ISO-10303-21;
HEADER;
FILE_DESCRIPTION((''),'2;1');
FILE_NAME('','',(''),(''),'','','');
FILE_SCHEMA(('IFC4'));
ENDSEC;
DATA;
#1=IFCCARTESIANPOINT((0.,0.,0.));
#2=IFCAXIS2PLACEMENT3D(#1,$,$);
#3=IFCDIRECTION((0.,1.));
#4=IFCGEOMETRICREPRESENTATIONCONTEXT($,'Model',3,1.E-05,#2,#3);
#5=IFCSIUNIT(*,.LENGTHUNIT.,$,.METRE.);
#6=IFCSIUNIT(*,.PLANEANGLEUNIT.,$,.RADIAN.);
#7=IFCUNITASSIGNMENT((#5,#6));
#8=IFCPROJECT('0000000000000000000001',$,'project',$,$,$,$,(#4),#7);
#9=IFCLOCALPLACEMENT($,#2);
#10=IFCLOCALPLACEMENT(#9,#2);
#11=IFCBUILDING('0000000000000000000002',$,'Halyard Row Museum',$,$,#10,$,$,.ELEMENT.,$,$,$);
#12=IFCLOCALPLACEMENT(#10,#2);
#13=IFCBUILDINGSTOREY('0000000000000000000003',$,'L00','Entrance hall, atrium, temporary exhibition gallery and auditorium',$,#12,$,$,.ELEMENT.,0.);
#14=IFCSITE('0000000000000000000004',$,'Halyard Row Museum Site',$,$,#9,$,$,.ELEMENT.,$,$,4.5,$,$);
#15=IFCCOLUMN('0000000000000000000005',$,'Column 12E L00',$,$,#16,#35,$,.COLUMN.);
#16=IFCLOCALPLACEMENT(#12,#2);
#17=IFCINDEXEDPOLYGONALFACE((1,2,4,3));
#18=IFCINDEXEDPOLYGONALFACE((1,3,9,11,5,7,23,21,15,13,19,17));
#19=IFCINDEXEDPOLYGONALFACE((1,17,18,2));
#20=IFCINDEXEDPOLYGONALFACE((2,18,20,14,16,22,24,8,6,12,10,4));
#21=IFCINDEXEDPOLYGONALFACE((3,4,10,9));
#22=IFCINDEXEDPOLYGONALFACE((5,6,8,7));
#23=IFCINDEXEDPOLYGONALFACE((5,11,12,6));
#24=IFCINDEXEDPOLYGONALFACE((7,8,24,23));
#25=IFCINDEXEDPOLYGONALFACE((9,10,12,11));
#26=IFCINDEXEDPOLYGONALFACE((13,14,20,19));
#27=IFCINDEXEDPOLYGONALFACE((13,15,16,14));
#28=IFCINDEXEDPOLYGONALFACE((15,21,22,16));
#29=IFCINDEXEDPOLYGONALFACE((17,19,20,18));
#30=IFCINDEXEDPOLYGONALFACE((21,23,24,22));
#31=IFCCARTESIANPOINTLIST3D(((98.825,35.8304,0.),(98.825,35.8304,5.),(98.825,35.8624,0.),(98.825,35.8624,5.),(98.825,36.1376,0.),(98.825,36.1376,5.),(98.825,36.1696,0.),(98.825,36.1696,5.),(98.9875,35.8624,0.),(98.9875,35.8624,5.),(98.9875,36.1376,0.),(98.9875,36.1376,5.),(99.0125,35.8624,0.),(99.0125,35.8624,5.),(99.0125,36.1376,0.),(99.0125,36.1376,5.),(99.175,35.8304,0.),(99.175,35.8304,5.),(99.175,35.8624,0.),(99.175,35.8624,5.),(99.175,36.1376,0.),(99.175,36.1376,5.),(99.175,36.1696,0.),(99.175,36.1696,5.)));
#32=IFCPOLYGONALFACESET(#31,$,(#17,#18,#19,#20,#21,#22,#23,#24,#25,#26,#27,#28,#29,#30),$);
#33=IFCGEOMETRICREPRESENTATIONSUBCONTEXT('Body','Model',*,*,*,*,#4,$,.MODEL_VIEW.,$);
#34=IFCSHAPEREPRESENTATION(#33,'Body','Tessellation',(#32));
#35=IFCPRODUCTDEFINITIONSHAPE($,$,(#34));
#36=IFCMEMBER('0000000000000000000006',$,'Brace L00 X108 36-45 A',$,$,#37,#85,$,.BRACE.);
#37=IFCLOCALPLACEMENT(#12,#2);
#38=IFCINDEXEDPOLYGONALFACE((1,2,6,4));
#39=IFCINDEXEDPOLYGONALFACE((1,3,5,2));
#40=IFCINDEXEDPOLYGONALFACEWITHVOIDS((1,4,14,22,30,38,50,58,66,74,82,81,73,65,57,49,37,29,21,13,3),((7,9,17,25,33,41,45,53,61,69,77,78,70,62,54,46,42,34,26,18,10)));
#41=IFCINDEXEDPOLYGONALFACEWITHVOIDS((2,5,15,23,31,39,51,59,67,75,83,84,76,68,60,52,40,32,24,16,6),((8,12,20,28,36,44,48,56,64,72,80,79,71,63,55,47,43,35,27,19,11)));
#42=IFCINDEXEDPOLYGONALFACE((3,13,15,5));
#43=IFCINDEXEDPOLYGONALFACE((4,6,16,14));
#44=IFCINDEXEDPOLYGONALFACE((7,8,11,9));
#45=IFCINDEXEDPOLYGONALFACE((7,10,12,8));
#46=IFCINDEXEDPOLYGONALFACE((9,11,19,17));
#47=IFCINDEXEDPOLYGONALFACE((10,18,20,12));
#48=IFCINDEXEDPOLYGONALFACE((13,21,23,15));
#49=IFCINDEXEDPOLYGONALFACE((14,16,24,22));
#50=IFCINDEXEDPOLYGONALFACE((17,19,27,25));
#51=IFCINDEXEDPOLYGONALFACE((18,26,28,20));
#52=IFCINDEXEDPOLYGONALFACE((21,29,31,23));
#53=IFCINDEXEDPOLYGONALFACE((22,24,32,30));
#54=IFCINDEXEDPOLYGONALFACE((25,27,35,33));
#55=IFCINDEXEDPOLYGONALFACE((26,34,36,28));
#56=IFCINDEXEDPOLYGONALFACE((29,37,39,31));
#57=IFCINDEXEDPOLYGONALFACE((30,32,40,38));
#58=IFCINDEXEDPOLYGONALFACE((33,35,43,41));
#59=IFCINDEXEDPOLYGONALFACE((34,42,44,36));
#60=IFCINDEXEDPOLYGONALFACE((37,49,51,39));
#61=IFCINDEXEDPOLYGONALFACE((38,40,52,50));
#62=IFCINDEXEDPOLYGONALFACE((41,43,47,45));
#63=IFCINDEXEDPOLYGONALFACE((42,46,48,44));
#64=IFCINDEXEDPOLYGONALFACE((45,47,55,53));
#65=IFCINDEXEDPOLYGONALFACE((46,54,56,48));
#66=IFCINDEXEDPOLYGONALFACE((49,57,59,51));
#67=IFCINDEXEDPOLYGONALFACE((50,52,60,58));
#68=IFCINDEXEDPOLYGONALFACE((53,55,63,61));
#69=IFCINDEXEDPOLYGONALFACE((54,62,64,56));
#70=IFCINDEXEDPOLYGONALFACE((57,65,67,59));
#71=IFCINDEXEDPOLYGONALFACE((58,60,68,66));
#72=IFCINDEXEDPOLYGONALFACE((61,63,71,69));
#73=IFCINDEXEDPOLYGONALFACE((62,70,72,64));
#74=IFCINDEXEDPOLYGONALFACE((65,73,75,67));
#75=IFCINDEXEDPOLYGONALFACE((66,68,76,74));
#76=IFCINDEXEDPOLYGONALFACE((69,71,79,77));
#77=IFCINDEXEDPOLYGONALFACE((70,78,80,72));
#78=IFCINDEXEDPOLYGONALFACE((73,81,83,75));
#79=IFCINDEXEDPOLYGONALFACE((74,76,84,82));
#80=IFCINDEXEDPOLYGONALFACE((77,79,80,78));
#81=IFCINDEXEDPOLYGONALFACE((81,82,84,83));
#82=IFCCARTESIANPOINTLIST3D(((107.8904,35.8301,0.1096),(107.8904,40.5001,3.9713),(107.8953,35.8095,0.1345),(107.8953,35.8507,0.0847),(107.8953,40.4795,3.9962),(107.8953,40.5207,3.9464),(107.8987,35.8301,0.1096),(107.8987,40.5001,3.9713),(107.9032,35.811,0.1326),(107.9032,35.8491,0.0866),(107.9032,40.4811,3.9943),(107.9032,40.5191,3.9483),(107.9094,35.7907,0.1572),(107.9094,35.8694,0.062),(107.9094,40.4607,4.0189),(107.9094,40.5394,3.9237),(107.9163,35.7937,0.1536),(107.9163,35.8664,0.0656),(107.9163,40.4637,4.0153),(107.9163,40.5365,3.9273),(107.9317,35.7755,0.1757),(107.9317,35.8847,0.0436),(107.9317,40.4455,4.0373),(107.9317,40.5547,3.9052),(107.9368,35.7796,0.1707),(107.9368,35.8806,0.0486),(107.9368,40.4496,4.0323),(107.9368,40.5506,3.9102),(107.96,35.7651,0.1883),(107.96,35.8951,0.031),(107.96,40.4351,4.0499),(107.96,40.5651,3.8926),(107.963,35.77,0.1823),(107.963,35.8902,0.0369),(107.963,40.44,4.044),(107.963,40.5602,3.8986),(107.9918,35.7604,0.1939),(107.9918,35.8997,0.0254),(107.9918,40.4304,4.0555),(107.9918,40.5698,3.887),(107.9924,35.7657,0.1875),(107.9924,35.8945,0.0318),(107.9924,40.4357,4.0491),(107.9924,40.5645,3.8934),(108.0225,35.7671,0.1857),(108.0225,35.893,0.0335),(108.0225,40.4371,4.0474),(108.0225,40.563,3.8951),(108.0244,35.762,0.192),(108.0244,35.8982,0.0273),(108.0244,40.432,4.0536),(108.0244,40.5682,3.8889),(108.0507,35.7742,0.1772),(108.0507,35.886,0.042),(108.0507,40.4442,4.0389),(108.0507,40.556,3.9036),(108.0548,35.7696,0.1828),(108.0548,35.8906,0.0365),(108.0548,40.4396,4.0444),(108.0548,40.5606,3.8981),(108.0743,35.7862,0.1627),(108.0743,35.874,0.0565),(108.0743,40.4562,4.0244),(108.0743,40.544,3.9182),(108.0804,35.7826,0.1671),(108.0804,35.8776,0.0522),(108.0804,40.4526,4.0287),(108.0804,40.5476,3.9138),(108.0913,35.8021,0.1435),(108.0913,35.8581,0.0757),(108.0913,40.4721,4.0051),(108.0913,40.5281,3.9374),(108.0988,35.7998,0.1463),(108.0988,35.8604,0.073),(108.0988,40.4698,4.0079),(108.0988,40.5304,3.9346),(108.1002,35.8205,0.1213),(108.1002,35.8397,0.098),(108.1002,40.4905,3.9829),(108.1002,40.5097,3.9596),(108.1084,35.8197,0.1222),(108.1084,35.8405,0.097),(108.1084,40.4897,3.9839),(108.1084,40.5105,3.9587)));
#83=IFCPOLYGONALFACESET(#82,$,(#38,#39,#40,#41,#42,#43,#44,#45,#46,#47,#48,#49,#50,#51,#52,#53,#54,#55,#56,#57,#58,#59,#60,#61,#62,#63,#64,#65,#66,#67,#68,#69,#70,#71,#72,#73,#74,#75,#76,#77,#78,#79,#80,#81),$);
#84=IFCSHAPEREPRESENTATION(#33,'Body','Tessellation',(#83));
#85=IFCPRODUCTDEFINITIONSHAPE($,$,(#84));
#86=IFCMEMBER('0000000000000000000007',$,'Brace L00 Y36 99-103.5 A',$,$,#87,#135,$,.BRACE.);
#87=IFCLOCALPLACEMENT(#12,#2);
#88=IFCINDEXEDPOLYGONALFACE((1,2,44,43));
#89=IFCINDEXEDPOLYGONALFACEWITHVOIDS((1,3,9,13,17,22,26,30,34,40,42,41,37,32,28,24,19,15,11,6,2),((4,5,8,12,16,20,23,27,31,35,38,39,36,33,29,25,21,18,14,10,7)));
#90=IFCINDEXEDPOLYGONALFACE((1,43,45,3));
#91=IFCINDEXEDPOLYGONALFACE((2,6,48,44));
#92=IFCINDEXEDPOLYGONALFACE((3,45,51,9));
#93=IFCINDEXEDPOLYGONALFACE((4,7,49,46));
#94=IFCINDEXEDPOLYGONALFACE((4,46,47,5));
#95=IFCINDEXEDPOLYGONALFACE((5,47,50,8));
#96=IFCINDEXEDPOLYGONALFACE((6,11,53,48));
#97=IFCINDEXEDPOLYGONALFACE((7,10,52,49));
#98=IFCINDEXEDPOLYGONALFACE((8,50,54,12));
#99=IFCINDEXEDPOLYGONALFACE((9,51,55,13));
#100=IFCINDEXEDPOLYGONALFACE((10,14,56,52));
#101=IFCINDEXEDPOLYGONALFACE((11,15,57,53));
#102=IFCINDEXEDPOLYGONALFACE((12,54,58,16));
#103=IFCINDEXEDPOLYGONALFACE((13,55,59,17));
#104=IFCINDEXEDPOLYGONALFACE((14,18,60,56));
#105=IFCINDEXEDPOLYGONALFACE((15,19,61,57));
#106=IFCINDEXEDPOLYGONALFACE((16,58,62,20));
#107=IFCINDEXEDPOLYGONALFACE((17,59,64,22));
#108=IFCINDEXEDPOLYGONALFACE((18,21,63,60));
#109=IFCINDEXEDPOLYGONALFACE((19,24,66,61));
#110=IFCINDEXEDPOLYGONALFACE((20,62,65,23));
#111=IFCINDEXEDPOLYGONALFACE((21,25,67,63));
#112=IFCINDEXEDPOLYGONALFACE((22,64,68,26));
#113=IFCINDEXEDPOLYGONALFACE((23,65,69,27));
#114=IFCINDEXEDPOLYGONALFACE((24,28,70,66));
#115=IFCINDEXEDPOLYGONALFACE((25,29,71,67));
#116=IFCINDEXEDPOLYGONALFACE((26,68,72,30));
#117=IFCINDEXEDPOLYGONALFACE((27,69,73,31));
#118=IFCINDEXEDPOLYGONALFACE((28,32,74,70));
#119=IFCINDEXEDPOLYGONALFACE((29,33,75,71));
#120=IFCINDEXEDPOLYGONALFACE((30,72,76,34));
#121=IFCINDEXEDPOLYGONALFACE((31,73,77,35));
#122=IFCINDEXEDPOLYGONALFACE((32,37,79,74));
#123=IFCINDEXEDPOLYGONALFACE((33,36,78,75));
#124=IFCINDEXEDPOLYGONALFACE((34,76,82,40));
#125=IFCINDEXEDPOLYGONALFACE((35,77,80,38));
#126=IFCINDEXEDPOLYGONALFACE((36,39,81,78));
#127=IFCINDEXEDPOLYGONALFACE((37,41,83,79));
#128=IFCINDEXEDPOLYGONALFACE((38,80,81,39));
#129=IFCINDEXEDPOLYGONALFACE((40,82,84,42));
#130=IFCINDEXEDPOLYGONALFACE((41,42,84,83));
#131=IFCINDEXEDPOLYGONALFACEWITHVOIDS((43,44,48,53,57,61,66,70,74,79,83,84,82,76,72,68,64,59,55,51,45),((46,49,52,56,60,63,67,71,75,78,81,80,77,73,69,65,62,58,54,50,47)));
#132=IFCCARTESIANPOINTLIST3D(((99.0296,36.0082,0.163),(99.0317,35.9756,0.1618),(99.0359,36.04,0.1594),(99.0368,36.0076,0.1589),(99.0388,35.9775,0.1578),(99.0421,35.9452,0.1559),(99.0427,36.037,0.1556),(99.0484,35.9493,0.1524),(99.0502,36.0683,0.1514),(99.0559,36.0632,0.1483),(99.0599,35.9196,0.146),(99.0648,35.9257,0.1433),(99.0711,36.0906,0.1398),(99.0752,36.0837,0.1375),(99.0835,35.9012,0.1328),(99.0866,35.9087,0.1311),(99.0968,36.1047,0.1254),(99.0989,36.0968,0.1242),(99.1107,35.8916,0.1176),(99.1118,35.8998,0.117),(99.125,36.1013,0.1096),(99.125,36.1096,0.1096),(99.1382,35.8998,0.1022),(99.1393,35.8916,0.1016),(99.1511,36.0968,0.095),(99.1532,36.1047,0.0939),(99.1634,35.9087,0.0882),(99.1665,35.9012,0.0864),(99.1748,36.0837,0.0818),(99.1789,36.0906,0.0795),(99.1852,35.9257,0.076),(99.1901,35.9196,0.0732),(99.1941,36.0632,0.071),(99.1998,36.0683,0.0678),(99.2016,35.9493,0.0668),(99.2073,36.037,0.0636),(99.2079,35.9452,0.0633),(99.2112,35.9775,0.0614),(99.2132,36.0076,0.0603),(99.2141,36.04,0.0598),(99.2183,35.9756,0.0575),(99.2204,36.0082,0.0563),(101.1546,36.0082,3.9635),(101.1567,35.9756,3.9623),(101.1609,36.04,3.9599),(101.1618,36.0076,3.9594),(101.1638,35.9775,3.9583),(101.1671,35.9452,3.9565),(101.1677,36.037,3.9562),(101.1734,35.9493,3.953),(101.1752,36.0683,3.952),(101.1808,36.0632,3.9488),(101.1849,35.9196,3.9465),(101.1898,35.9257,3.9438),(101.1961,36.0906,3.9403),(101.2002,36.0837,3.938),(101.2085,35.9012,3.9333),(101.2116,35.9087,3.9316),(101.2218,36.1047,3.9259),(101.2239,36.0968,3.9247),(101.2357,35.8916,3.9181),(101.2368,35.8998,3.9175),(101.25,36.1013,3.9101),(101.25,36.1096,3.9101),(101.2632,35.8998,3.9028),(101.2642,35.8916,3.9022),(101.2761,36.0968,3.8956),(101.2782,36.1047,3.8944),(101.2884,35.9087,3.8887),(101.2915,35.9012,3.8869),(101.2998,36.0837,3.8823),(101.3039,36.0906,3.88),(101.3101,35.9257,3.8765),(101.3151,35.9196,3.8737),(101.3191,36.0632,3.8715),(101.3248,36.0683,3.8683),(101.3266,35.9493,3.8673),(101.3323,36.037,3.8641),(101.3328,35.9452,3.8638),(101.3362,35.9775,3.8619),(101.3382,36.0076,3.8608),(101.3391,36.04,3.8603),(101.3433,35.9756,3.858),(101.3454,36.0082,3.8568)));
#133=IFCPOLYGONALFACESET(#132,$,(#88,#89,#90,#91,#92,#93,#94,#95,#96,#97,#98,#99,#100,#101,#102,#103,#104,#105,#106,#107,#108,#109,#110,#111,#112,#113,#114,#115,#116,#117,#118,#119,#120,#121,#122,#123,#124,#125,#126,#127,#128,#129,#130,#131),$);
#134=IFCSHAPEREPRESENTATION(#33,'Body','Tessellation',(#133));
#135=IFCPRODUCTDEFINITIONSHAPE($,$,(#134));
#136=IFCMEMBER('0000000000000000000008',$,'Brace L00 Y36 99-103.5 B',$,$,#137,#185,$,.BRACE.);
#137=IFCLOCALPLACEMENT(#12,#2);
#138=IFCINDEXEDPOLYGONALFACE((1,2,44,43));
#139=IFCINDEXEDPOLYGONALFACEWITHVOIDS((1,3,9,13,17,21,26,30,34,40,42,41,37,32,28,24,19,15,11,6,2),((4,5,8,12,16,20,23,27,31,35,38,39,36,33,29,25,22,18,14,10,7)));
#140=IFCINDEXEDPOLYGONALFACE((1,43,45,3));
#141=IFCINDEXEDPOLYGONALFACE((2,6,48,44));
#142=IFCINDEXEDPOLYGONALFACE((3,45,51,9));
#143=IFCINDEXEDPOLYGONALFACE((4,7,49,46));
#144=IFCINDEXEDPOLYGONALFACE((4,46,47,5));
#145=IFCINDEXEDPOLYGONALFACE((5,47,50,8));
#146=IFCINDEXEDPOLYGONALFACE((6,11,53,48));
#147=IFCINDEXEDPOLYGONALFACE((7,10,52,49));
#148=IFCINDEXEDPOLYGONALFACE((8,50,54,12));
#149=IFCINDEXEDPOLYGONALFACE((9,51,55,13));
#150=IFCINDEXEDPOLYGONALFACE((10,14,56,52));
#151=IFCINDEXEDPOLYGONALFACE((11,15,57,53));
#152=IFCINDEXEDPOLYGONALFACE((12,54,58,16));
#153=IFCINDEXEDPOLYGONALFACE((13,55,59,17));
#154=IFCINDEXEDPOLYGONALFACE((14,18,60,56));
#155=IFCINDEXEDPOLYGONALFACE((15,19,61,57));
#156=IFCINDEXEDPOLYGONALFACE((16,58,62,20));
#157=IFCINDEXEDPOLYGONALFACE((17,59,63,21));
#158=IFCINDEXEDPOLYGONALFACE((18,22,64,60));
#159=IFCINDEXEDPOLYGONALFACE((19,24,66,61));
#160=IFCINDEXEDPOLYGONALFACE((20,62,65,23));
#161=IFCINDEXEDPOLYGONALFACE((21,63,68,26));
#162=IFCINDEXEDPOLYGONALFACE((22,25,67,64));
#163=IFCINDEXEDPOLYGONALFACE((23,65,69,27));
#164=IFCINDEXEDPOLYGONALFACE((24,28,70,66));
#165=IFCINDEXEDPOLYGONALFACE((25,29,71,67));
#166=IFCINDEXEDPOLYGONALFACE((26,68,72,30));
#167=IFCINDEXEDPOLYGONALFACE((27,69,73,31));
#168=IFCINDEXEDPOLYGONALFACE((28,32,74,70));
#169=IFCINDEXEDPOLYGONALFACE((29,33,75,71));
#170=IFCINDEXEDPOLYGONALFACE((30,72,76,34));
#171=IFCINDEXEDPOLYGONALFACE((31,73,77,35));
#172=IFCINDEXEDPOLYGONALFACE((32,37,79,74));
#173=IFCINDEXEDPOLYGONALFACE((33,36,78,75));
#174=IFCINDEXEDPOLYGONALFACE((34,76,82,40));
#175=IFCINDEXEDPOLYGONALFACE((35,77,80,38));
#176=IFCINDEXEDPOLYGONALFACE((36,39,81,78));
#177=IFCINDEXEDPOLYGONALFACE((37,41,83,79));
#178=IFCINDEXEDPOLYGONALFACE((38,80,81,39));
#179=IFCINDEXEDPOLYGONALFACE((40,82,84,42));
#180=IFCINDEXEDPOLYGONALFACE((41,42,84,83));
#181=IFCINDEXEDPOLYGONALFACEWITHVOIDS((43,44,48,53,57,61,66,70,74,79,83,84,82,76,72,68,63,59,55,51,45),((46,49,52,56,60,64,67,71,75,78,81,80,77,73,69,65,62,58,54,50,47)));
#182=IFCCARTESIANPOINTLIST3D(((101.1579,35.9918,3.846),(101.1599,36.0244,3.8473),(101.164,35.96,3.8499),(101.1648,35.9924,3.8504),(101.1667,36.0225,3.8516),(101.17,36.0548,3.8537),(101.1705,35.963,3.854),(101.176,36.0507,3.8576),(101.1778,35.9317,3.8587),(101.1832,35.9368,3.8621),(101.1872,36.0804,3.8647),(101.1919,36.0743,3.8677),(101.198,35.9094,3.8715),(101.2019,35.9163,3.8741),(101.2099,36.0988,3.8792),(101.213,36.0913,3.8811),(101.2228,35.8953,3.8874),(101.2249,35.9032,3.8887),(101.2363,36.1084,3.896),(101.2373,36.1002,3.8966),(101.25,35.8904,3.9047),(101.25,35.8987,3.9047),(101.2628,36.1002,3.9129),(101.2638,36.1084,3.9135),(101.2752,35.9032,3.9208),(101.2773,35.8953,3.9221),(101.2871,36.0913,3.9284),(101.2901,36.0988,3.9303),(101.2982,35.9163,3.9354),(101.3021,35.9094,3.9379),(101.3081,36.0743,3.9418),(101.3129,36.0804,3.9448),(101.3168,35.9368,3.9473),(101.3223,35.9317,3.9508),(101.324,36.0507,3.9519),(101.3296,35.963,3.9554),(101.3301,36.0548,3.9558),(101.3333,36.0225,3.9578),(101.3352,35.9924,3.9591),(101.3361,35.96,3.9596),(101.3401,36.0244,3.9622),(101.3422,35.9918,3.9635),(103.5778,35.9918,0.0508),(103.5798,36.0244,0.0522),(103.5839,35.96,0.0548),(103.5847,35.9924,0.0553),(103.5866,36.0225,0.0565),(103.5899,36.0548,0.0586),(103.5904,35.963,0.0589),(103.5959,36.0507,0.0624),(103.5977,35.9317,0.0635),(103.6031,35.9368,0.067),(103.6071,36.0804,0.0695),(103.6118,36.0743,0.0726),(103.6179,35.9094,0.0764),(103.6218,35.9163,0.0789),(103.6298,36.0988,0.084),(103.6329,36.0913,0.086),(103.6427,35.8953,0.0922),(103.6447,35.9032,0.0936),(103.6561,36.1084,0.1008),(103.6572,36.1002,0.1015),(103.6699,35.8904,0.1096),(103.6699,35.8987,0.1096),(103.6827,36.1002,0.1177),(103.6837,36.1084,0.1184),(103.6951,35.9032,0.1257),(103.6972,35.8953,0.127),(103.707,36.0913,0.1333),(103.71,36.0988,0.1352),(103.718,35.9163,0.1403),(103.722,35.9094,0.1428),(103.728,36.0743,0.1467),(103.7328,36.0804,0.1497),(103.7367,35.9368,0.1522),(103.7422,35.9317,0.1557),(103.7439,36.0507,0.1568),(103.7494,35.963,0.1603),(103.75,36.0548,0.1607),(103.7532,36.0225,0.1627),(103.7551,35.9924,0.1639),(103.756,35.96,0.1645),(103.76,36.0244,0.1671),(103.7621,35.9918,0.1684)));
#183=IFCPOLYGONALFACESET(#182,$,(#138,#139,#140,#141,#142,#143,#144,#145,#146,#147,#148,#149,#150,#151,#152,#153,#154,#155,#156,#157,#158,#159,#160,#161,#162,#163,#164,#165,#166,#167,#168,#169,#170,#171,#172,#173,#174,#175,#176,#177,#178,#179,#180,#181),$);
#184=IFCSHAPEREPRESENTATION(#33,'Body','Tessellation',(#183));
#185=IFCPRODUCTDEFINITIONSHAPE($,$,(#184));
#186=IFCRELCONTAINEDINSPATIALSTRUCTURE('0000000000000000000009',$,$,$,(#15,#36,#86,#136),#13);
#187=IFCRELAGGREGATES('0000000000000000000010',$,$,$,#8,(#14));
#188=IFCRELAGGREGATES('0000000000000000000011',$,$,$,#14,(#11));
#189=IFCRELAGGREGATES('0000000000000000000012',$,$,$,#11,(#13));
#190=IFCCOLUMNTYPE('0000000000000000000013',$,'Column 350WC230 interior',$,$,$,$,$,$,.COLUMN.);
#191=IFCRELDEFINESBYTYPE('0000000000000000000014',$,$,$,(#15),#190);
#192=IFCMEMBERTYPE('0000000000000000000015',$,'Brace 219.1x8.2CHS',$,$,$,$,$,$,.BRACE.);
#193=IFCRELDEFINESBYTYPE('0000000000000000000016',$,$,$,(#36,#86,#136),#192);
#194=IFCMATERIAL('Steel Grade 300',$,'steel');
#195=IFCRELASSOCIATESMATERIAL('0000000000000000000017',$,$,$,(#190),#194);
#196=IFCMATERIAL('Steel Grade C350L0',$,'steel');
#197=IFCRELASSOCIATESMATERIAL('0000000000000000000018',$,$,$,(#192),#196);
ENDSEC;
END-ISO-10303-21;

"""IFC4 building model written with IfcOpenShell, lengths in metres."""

from ifc_helpers import new_model, si_unit, direction, frame, origin, origin_2d, place, context, subcontext, project, spatial, hollow_circle, i_section, extrude, material, material_profile, profile_set, type_object, element, save


model = new_model("IFC4")

# Units and contexts
model_context = context("Model", 3, precision=1e-05, world=origin(), true_north=direction((0.0, 1.0)))
body_context = subcontext(model_context, "Body", "Model", "MODEL_VIEW")
ifc_project = project(units=[si_unit("LENGTHUNIT", "METRE"), si_unit("PLANEANGLEUNIT", "RADIAN")], contexts=[model_context])

# Site, building, storey
site_placement = place(None, origin())
site = spatial("IfcSite", under=ifc_project, at=site_placement, Name="Halyard Row Museum Site", CompositionType="ELEMENT", RefElevation=4.5)
building_placement = place(site_placement, origin())
building = spatial("IfcBuilding", under=site, at=building_placement, Name="Halyard Row Museum", CompositionType="ELEMENT")
storey_placement = place(building_placement, origin())
storey = spatial("IfcBuildingStorey", under=building, at=storey_placement, Name="L00", Description="Entrance hall, atrium, temporary exhibition gallery and auditorium", CompositionType="ELEMENT", Elevation=0.0)

# Column
ifc_material_1 = material(Name="Steel Grade 300", Category="steel")
ifc_material_profile_1 = material_profile(ifc_material_1, i_section(OverallWidth=0.3501, OverallDepth=0.3391, WebThickness=0.0249, FlangeThickness=0.032, at=origin_2d()), Name="350WC230")
ifc_profile_set_1 = profile_set([ifc_material_profile_1], Name="Steel Grade 300")
column_type = type_object("IfcColumnType", Name="Column 350WC230 interior", PredefinedType="COLUMN", material=ifc_profile_set_1)
column_placement = place(storey_placement, frame((99.0, 36.0, 0.0), z_axis=(0.0, 0.0, 1.0), x_axis=(1.0, 0.0, 0.0)))
element("IfcColumn", 1, at=column_placement, inside=storey, type_object=column_type, Name="Column 12E L00", PredefinedType="COLUMN", context=body_context, shape_type="SweptSolid", body=[
    extrude(i_section(OverallWidth=0.3501, OverallDepth=0.3391, WebThickness=0.0249, FlangeThickness=0.032, at=origin_2d()), origin(), (0.0, 0.0, 1.0), 5.0),
])

# Members
ifc_material_2 = material(Name="Steel Grade C350L0", Category="steel")
ifc_material_profile_2 = material_profile(ifc_material_2, hollow_circle(Radius=0.1096, WallThickness=0.0083, at=origin_2d()), Name="219.1x8.2CHS")
ifc_profile_set_2 = profile_set([ifc_material_profile_2], Name="Steel Grade C350L0")
member_type_1 = type_object("IfcMemberType", Name="Brace 219.1x8.2CHS", PredefinedType="BRACE", material=ifc_profile_set_2)
member_1_placement = place(storey_placement, frame((108.0, 35.8301, 0.1096), z_axis=(0.0, 0.770653, 0.637255), x_axis=(-1.0, 0.0, 0.0)))
element("IfcMember", 2, at=member_1_placement, inside=storey, type_object=member_type_1, Name="Brace L00 X108 36-45 A", PredefinedType="BRACE", context=body_context, shape_type="SweptSolid", body=[
    extrude(hollow_circle(Radius=0.1096, WallThickness=0.0083, at=origin_2d()), origin(), (0.0, 0.0, 1.0), 6.0598),
])
member_2_placement = place(storey_placement, frame((99.125, 36.0, 0.1096), z_axis=(0.488026, 0.0, 0.872829), x_axis=(0.0, 1.0, 0.0)))
element("IfcMember", 3, at=member_2_placement, inside=storey, type_object=member_type_1, Name="Brace L00 Y36 99-103.5 A", PredefinedType="BRACE", context=body_context, shape_type="SweptSolid", body=[
    extrude(hollow_circle(Radius=0.1096, WallThickness=0.0083, at=origin_2d()), origin(), (0.0, 0.0, 1.0), 4.3542),
])
member_3_placement = place(storey_placement, frame((103.6699, 36.0, 0.1096), z_axis=(-0.537637, 0.0, 0.843176), x_axis=(0.0, -1.0, 0.0)))
element("IfcMember", 4, at=member_3_placement, inside=storey, type_object=member_type_1, Name="Brace L00 Y36 99-103.5 B", PredefinedType="BRACE", context=body_context, shape_type="SweptSolid", body=[
    extrude(hollow_circle(Radius=0.1096, WallThickness=0.0083, at=origin_2d()), origin(), (0.0, 0.0, 1.0), 4.501),
])

save(model, "model.ifc")
